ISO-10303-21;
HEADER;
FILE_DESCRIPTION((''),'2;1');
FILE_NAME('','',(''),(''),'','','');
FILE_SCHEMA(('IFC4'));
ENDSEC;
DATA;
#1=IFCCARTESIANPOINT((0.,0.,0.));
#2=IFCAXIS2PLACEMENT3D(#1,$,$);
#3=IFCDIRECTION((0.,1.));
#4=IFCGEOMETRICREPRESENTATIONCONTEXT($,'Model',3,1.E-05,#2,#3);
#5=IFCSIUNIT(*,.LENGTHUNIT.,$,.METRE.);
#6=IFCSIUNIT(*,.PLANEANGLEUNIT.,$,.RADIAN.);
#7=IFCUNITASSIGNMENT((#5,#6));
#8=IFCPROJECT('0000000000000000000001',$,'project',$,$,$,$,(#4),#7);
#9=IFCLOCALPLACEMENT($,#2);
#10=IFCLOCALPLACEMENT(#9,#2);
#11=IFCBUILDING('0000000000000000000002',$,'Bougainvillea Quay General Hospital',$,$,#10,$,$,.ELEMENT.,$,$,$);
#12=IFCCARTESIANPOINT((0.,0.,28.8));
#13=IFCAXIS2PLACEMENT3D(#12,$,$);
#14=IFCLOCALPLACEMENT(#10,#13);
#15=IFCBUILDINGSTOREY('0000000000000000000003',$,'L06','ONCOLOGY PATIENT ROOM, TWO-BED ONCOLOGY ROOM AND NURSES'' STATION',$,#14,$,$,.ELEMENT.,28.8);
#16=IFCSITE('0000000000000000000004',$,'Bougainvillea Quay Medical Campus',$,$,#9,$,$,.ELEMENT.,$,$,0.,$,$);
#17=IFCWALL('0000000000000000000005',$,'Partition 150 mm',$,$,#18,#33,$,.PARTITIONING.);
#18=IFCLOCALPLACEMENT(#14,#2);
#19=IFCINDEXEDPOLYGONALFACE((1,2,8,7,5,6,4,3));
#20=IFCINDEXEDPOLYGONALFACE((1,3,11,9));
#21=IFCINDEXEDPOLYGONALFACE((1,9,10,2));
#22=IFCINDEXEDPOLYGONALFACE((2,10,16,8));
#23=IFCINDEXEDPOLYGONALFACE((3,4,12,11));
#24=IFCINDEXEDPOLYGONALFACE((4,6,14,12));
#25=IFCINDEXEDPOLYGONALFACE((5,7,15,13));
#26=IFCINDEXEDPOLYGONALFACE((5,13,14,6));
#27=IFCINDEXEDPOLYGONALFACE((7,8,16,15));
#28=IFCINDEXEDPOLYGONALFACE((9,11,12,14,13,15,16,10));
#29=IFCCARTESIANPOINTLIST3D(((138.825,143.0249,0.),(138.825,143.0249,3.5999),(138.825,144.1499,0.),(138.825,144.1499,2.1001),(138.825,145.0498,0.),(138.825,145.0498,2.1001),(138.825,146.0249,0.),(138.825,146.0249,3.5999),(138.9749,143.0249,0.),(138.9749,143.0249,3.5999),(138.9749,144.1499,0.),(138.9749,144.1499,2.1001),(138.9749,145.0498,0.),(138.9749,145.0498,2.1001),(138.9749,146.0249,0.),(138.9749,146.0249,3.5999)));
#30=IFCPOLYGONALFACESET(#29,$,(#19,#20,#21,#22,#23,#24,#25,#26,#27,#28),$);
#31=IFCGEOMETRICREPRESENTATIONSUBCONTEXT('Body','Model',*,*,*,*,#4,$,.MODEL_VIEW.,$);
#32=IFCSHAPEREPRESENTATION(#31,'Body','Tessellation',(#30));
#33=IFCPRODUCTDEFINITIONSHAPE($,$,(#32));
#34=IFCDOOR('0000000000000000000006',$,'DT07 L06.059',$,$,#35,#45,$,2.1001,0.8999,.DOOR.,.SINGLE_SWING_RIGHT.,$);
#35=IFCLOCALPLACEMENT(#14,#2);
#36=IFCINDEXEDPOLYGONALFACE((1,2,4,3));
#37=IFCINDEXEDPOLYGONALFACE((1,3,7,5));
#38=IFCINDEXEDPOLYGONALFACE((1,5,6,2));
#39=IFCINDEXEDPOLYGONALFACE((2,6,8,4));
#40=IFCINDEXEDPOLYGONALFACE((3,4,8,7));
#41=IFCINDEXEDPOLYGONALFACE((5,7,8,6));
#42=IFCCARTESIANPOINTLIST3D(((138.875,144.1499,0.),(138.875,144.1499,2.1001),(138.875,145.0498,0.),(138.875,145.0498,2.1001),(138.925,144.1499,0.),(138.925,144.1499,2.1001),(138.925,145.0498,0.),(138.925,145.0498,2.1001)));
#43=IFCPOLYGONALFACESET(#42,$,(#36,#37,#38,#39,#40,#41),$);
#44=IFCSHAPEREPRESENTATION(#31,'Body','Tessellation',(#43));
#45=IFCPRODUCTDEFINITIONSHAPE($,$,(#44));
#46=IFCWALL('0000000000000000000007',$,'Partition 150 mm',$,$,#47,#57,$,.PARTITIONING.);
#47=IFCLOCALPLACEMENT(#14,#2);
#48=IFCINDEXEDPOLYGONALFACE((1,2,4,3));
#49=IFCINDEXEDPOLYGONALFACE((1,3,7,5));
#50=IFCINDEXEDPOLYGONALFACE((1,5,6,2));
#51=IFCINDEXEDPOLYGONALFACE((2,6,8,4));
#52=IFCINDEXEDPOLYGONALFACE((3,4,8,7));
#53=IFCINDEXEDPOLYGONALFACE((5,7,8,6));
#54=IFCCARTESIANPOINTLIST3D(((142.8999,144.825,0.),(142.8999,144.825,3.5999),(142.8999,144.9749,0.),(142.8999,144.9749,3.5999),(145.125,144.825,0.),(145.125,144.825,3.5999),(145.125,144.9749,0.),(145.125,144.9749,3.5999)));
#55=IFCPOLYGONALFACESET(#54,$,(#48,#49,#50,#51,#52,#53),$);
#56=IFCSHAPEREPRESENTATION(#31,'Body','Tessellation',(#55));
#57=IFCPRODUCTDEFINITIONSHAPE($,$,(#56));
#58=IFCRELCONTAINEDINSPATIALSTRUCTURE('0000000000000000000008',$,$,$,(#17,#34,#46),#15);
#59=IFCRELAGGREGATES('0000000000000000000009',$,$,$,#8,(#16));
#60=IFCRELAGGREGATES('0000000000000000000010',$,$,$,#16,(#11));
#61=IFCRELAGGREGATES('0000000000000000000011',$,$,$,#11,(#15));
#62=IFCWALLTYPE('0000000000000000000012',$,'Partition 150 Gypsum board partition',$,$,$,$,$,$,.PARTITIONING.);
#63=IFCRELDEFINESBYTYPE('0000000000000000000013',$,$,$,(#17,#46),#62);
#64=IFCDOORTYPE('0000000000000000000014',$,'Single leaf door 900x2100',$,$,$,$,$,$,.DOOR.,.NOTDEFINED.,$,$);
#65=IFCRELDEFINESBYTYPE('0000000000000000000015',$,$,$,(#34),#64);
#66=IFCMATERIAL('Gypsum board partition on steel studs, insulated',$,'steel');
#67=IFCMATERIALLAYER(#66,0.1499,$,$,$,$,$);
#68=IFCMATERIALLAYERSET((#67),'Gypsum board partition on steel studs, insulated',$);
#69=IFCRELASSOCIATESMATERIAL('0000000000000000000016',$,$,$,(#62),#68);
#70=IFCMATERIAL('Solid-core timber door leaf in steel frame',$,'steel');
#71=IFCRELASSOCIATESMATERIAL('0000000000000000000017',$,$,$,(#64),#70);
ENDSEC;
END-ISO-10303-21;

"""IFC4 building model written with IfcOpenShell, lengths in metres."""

from ifc_helpers import new_model, si_unit, direction, frame, frame_2d, origin, place, context, subcontext, project, spatial, rectangle, extrude, material, layer, layer_set, type_object, element, fill, save


model = new_model("IFC4")

# Units and contexts
model_context = context("Model", 3, precision=1e-05, world=origin(), true_north=direction((0.0, 1.0)))
body_context = subcontext(model_context, "Body", "Model", "MODEL_VIEW")
ifc_project = project(units=[si_unit("LENGTHUNIT", "METRE"), si_unit("PLANEANGLEUNIT", "RADIAN")], contexts=[model_context])

# Site, building, storey
site_placement = place(None, origin())
site = spatial("IfcSite", under=ifc_project, at=site_placement, Name="Bougainvillea Quay Medical Campus", CompositionType="ELEMENT", RefElevation=0.0)
building_placement = place(site_placement, origin())
building = spatial("IfcBuilding", under=site, at=building_placement, Name="Bougainvillea Quay General Hospital", CompositionType="ELEMENT")
storey_placement = place(building_placement, frame((0.0, 0.0, 28.8)))
storey = spatial("IfcBuildingStorey", under=building, at=storey_placement, Name="L06", Description="ONCOLOGY PATIENT ROOM, TWO-BED ONCOLOGY ROOM AND NURSES' STATION", CompositionType="ELEMENT", Elevation=28.8)

# Shared definitions
ifc_material_1 = material(Name="Gypsum board partition on steel studs, insulated", Category="steel")
ifc_layer_1 = layer(ifc_material_1, 0.1499)
ifc_layer_set_1 = layer_set([ifc_layer_1], Name="Gypsum board partition on steel studs, insulated")
wall_type = type_object("IfcWallType", Name="Partition 150 Gypsum board partition", PredefinedType="PARTITIONING", material=ifc_layer_set_1)

# Wall, opening, door
ifc_material_2 = material(Name="Solid-core timber door leaf in steel frame", Category="steel")
door_type = type_object("IfcDoorType", Name="Single leaf door 900x2100", OperationType="NOTDEFINED", PredefinedType="DOOR", material=ifc_material_2)
wall_1_placement = place(storey_placement, frame((138.8999, 143.0249, 0.0), z_axis=(0.0, 0.0, 1.0), x_axis=(0.0, 1.0, 0.0)))
wall_1 = element("IfcWall", 1, at=wall_1_placement, inside=storey, type_object=wall_type, Name="Partition 150 mm", PredefinedType="PARTITIONING", context=body_context, shape_type="SweptSolid", body=[
    extrude(rectangle(XDim=3.0, YDim=0.1499, at=frame_2d((1.5, 0.0))), origin(), (0.0, 0.0, 1.0), 3.5999),
])
opening_1_placement = place(wall_1_placement, frame((1.125, 0.0, 0.0)))
opening_1 = element("IfcOpeningElement", 2, at=opening_1_placement, cuts=wall_1, PredefinedType="OPENING", context=body_context, shape_type="SweptSolid", body=[
    extrude(rectangle(XDim=0.8999, YDim=2.1001, at=frame_2d((0.45, 1.05))), frame((0.0, 0.085, 0.0), z_axis=(0.0, -1.0, 0.0), x_axis=(1.0, 0.0, 0.0)), (0.0, 0.0, 1.0), 0.1699),
])
door_1_placement = place(opening_1_placement, origin())
door_1 = element("IfcDoor", 3, at=door_1_placement, inside=storey, type_object=door_type, Name="DT07 L06.059", OperationType="SINGLE_SWING_RIGHT", OverallHeight=2.1001, OverallWidth=0.8999, PredefinedType="DOOR", context=body_context, shape_type="SweptSolid", body=[
    extrude(rectangle(XDim=0.8999, YDim=2.1001, at=frame_2d((0.45, 1.05))), frame((0.0, 0.0249, 0.0), z_axis=(0.0, -1.0, 0.0), x_axis=(1.0, 0.0, 0.0)), (0.0, 0.0, 1.0), 0.05),
])
fill(opening_1, door_1)

# Wall
wall_2_placement = place(storey_placement, frame((142.8999, 144.8999, 0.0), z_axis=(0.0, 0.0, 1.0), x_axis=(1.0, 0.0, 0.0)))
element("IfcWall", 4, at=wall_2_placement, inside=storey, type_object=wall_type, Name="Partition 150 mm", PredefinedType="PARTITIONING", context=body_context, shape_type="SweptSolid", body=[
    extrude(rectangle(XDim=2.2251, YDim=0.1499, at=frame_2d((1.1125, 0.0))), origin(), (0.0, 0.0, 1.0), 3.5999),
])

save(model, "model.ifc")
